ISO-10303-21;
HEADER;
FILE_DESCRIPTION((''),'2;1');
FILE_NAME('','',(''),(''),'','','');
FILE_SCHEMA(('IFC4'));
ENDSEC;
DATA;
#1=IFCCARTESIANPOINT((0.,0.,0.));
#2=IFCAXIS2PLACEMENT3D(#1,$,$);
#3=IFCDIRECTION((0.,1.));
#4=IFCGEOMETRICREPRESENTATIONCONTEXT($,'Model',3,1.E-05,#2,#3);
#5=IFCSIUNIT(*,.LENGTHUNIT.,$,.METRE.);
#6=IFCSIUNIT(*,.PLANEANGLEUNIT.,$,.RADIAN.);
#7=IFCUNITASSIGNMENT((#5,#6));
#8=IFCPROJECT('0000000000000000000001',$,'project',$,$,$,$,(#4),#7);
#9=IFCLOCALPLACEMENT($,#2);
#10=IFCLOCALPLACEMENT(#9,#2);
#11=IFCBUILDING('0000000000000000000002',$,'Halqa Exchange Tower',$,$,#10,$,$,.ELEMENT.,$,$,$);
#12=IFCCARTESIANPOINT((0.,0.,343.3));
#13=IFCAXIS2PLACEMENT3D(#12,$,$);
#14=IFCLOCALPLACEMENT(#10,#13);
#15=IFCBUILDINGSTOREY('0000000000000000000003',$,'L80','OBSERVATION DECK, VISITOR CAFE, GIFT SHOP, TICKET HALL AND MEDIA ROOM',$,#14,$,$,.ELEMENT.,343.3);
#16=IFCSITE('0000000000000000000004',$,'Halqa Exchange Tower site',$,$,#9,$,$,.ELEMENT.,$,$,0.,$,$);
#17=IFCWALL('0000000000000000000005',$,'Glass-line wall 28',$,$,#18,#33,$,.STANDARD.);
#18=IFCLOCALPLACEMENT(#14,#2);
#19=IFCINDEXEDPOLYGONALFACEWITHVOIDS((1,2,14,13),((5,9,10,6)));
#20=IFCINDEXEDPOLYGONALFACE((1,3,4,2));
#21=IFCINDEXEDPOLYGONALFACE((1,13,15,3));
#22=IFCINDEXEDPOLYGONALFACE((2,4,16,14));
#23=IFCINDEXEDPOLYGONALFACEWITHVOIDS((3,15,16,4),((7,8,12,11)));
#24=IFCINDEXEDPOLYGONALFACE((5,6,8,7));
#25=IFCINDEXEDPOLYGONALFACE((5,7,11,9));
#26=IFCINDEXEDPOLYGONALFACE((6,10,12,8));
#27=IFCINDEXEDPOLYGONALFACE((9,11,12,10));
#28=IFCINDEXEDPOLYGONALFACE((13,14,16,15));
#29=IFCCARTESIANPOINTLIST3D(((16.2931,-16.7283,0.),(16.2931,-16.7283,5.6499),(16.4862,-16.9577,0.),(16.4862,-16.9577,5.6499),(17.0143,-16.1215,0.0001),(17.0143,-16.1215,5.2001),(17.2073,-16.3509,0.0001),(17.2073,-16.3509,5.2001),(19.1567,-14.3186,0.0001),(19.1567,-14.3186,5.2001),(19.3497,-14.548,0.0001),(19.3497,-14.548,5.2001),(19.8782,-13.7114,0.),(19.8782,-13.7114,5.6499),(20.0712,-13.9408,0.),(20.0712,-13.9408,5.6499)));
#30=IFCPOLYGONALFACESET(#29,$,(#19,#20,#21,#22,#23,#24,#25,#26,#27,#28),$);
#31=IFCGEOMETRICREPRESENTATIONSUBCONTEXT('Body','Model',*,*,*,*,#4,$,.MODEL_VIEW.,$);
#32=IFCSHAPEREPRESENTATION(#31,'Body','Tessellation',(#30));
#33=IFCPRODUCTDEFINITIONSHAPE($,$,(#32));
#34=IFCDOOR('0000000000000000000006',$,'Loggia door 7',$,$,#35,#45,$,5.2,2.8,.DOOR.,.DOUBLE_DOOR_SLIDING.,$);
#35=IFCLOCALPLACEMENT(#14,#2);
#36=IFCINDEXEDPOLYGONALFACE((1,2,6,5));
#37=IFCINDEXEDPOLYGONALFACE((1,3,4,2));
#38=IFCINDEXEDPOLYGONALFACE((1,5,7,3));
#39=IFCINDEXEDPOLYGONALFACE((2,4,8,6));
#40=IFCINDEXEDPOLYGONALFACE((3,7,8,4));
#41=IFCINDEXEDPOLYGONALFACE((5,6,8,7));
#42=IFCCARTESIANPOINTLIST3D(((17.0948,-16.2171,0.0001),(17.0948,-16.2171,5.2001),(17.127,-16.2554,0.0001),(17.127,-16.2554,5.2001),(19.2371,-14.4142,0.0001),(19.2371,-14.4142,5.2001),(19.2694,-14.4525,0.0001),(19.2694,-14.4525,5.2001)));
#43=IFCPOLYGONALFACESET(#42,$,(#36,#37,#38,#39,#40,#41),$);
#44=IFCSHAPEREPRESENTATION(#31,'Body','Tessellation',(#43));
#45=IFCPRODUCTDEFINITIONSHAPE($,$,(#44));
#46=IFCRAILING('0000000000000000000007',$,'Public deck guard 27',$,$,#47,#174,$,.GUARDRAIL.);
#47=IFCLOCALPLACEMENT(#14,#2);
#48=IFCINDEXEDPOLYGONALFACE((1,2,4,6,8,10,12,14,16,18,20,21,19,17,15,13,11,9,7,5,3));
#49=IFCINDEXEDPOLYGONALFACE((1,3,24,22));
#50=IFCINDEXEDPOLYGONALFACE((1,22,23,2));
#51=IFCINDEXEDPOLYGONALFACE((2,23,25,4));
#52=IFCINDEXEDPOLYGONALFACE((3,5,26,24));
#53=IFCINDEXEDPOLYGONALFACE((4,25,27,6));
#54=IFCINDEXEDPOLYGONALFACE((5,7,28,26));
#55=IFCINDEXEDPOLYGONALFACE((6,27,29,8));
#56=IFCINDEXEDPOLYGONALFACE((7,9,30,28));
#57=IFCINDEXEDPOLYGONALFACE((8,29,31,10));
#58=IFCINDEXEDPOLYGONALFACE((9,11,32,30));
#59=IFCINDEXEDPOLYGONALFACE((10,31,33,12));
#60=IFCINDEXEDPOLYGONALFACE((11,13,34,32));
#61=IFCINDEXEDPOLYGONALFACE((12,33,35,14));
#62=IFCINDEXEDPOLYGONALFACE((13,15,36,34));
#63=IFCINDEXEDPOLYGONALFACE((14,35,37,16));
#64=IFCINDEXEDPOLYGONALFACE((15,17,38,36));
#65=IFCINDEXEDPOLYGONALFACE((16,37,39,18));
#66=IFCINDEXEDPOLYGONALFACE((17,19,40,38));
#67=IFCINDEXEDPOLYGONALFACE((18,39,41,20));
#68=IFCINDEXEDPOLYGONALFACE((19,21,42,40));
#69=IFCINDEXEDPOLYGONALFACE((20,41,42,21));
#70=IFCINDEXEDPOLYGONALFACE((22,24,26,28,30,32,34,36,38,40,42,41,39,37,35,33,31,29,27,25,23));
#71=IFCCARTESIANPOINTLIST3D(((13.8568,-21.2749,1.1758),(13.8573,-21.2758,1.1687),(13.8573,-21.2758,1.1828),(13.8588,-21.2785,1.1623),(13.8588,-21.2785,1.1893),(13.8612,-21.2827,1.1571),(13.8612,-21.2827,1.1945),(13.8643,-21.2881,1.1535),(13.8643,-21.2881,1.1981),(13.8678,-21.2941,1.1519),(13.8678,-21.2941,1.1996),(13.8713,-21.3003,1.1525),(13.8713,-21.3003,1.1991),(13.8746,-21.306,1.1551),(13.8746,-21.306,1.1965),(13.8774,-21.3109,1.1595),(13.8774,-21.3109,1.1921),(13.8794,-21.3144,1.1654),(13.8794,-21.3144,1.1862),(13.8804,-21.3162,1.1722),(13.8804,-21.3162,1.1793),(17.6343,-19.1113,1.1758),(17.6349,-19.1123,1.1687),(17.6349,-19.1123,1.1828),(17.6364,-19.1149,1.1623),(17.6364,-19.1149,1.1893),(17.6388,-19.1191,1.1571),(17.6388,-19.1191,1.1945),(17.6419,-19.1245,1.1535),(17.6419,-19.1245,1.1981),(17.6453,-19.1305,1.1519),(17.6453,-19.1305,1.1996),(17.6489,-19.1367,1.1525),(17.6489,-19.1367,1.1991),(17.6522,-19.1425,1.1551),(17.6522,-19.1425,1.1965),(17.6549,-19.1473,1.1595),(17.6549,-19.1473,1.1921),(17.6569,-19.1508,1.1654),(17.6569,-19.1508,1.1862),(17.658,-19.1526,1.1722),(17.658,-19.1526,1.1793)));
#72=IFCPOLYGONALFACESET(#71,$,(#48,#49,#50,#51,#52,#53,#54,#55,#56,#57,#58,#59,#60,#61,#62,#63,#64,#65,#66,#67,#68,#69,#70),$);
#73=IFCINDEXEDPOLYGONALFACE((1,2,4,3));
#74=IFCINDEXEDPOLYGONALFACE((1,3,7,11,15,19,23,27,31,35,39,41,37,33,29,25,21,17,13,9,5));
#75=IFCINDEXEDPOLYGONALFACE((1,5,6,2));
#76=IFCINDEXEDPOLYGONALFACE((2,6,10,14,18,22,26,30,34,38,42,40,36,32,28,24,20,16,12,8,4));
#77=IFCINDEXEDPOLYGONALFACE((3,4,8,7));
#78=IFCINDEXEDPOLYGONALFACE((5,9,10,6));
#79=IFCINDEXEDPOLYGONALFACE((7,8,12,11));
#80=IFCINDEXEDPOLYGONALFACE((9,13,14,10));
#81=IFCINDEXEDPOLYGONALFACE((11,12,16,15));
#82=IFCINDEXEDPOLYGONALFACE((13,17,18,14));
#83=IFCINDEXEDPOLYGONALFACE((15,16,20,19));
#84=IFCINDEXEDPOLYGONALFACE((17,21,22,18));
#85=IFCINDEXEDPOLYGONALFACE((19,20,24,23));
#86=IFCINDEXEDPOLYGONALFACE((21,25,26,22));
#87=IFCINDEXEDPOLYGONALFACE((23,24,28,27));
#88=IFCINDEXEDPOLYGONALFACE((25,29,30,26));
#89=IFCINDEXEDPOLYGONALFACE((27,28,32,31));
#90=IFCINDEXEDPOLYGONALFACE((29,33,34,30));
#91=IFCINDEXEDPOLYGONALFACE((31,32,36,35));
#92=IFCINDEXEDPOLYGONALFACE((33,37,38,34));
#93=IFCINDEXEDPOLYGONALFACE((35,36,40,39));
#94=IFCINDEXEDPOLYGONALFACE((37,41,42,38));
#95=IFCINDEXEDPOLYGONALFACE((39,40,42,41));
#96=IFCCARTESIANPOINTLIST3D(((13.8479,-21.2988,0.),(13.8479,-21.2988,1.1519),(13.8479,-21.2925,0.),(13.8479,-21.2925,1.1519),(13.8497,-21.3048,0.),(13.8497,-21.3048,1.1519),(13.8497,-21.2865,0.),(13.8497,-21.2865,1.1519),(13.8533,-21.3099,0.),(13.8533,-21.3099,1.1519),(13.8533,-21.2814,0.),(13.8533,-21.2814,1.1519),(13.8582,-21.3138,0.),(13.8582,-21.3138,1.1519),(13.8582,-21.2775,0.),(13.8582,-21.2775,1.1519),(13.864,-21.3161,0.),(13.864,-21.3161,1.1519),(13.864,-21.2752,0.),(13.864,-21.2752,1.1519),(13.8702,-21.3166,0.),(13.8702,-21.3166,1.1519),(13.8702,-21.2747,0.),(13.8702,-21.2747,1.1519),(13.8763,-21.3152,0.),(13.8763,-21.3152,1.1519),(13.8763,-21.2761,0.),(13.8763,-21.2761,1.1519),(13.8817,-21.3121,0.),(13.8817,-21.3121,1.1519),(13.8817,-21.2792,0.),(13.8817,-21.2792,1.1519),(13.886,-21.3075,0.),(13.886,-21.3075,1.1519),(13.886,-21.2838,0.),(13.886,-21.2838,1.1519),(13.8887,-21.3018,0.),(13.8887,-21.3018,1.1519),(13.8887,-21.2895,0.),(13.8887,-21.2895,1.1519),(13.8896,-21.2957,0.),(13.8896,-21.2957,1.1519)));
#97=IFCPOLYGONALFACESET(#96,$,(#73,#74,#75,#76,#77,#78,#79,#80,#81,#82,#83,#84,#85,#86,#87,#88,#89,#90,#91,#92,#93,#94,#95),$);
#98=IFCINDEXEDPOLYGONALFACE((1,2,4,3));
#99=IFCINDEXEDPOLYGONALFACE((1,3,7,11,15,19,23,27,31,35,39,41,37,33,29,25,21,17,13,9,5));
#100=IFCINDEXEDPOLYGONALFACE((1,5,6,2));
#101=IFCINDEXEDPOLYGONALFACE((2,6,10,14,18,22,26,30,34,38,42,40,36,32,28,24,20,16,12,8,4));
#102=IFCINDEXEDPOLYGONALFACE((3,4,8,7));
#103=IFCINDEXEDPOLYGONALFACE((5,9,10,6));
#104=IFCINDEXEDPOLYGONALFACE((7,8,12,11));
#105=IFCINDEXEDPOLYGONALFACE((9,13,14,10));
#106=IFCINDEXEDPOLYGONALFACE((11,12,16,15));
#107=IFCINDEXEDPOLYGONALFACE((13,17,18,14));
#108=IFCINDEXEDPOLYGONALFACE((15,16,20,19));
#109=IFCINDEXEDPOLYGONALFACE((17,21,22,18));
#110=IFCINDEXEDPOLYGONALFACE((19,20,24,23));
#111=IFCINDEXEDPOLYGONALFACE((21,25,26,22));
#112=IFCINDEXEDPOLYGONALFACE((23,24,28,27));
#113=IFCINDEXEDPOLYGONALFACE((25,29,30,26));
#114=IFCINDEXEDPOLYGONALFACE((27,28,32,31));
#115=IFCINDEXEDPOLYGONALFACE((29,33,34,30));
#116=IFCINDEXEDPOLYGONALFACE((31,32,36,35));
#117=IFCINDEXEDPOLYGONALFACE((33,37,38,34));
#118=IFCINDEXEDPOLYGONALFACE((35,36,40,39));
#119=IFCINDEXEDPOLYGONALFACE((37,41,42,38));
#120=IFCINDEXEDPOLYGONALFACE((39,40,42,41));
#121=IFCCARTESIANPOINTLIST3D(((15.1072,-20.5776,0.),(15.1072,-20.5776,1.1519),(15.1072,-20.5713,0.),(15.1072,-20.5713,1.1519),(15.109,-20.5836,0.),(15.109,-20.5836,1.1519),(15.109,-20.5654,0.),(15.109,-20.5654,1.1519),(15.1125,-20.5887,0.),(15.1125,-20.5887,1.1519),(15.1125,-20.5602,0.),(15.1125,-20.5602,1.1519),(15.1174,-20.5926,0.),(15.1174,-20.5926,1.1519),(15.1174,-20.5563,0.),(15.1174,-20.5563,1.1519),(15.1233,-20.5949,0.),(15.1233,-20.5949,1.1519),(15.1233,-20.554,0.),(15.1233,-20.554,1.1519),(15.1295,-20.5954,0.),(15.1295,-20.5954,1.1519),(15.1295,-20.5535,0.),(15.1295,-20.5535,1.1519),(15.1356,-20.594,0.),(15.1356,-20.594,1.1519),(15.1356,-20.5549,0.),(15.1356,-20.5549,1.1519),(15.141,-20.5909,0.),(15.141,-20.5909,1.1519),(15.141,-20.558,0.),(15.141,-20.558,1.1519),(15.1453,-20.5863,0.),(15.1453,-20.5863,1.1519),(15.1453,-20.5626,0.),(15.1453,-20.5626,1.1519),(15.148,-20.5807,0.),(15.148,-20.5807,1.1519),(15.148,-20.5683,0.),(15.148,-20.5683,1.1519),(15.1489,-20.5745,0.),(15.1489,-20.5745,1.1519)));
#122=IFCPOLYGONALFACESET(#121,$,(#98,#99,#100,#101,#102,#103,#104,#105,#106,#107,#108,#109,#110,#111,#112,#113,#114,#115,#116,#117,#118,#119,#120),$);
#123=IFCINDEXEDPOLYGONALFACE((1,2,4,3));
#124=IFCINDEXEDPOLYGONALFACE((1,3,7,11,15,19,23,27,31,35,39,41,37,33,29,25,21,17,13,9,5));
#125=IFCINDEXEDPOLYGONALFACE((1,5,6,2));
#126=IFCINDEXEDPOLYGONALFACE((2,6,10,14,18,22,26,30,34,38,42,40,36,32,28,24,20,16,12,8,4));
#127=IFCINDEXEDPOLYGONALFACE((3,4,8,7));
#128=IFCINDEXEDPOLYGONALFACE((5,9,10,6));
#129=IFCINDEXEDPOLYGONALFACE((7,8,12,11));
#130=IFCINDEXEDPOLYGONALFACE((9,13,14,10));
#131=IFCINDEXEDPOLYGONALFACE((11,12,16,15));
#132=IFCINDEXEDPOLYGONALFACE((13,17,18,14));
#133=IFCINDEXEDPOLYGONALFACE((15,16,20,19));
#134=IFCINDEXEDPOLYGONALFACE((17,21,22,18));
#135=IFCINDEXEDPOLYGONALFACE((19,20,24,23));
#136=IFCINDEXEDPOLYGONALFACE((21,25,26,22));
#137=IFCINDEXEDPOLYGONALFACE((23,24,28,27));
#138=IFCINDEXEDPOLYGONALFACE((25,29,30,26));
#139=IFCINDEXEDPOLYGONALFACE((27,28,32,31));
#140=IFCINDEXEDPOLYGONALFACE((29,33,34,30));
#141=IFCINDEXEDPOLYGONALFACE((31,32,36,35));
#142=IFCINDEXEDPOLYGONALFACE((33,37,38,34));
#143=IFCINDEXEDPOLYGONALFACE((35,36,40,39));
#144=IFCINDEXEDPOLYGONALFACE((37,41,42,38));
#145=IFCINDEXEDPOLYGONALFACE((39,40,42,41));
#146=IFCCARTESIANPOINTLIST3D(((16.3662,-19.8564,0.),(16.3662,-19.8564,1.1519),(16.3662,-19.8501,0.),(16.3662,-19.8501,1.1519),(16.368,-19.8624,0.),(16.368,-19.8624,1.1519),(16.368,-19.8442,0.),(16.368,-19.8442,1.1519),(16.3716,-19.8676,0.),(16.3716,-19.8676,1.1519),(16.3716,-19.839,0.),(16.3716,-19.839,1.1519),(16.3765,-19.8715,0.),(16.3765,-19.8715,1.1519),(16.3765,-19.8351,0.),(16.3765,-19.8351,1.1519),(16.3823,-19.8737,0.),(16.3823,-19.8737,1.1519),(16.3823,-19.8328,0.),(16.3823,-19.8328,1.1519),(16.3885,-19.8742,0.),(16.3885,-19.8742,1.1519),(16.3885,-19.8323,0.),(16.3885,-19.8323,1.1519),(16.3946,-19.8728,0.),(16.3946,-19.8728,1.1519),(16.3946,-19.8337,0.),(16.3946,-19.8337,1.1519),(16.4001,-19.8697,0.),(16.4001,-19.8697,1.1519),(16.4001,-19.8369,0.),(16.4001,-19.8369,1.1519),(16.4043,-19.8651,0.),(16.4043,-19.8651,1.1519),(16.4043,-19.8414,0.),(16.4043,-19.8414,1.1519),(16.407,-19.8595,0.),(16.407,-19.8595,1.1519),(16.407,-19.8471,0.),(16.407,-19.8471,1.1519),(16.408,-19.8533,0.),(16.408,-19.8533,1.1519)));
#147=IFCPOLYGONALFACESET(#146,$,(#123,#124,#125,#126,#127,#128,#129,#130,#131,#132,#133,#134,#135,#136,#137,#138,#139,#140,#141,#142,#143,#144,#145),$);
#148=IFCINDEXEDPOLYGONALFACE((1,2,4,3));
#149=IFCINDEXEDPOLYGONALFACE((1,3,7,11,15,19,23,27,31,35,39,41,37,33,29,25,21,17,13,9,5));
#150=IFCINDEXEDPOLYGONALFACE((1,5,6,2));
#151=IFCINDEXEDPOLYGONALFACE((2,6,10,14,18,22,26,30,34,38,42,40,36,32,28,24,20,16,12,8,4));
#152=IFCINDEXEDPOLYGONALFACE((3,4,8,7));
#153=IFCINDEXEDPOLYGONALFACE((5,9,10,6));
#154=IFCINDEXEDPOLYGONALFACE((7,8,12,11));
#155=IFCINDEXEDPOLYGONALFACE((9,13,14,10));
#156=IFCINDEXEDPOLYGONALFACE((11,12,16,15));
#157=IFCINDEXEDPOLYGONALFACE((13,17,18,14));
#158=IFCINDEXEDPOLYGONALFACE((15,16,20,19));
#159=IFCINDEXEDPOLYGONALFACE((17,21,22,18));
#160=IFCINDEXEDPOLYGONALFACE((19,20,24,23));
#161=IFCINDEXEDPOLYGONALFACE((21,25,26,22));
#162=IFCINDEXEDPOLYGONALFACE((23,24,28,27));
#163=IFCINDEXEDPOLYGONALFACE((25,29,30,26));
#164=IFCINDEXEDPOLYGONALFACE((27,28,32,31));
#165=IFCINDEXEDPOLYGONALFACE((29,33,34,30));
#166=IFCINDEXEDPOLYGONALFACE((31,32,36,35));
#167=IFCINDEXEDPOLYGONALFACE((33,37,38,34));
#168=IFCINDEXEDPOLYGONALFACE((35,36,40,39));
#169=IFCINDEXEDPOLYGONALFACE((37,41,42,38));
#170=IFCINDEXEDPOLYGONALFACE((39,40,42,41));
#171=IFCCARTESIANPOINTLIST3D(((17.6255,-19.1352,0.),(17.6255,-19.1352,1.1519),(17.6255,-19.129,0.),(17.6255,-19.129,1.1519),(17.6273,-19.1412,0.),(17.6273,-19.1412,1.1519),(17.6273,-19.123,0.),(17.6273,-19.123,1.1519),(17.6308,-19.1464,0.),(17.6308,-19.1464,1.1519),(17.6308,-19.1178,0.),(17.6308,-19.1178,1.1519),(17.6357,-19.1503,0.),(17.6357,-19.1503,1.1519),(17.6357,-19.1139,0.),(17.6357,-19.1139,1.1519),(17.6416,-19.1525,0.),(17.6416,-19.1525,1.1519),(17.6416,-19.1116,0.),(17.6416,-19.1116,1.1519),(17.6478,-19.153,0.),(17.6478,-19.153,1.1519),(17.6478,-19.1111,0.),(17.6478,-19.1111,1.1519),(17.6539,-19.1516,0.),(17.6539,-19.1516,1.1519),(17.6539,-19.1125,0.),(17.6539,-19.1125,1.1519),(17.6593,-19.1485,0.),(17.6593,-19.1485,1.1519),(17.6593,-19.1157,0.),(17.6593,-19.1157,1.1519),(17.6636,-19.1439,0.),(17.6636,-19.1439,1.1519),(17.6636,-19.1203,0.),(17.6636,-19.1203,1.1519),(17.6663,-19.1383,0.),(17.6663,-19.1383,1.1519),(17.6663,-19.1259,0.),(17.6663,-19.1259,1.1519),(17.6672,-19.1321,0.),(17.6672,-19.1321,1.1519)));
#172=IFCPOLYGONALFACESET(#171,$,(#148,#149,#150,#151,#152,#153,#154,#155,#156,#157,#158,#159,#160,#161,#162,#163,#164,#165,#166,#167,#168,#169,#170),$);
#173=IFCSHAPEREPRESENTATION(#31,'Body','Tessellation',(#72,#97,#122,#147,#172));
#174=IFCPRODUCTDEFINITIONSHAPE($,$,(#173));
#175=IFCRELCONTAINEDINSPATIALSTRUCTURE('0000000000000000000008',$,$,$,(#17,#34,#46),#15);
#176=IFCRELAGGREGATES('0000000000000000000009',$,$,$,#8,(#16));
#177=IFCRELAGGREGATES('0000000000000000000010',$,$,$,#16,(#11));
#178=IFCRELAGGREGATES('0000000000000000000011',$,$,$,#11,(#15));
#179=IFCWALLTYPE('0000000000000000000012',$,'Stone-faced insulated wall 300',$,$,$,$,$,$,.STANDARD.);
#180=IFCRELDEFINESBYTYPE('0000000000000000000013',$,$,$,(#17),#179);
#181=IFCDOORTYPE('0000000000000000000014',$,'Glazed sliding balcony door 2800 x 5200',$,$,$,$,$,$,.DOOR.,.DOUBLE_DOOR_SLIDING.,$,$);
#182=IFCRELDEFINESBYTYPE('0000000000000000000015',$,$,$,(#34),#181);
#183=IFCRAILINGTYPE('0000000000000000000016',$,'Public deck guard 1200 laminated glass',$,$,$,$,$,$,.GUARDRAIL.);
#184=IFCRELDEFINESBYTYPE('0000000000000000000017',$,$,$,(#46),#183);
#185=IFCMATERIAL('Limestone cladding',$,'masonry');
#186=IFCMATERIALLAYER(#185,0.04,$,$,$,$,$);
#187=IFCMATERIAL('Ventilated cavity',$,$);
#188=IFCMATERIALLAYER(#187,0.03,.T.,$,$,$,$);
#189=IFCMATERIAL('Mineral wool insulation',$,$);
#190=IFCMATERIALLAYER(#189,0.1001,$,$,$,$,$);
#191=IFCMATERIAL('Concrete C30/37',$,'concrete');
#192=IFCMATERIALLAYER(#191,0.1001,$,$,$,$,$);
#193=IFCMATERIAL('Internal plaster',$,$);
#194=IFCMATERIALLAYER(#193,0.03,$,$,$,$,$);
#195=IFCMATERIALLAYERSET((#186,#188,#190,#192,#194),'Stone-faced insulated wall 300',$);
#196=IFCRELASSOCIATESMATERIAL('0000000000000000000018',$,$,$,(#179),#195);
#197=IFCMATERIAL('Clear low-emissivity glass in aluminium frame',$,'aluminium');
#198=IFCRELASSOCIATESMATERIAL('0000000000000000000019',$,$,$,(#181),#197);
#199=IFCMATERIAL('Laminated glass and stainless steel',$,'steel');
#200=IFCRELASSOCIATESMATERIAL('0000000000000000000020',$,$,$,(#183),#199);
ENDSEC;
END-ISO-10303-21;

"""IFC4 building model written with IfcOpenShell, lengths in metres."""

from ifc_helpers import new_model, si_unit, direction, frame, frame_2d, origin, origin_2d, place, context, subcontext, project, spatial, polyline, rectangle, circle, outline, extrude, material, layer, layer_set, type_object, element, fill, save


model = new_model("IFC4")

# Units and contexts
model_context = context("Model", 3, precision=1e-05, world=origin(), true_north=direction((0.0, 1.0)))
body_context = subcontext(model_context, "Body", "Model", "MODEL_VIEW")
ifc_project = project(units=[si_unit("LENGTHUNIT", "METRE"), si_unit("PLANEANGLEUNIT", "RADIAN")], contexts=[model_context])

# Site, building, storey
site_placement = place(None, origin())
site = spatial("IfcSite", under=ifc_project, at=site_placement, Name="Halqa Exchange Tower site", CompositionType="ELEMENT", RefElevation=0.0)
building_placement = place(site_placement, origin())
building = spatial("IfcBuilding", under=site, at=building_placement, Name="Halqa Exchange Tower", CompositionType="ELEMENT")
storey_placement = place(building_placement, frame((0.0, 0.0, 343.3)))
storey = spatial("IfcBuildingStorey", under=building, at=storey_placement, Name="L80", Description="OBSERVATION DECK, VISITOR CAFE, GIFT SHOP, TICKET HALL AND MEDIA ROOM", CompositionType="ELEMENT", Elevation=343.3)

# Wall, opening, door
ifc_material_1 = material(Name="Limestone cladding", Category="masonry")
ifc_layer_1 = layer(ifc_material_1, 0.04)
ifc_material_2 = material(Name="Ventilated cavity")
ifc_layer_2 = layer(ifc_material_2, 0.03, ventilated=True)
ifc_material_3 = material(Name="Mineral wool insulation")
ifc_layer_3 = layer(ifc_material_3, 0.1001)
ifc_material_4 = material(Name="Concrete C30/37", Category="concrete")
ifc_layer_4 = layer(ifc_material_4, 0.1001)
ifc_material_5 = material(Name="Internal plaster")
ifc_layer_5 = layer(ifc_material_5, 0.03)
ifc_layer_set_1 = layer_set([ifc_layer_1, ifc_layer_2, ifc_layer_3, ifc_layer_4, ifc_layer_5], Name="Stone-faced insulated wall 300")
wall_type_1 = type_object("IfcWallType", Name="Stone-faced insulated wall 300", PredefinedType="STANDARD", material=ifc_layer_set_1)
wall_1_placement = place(storey_placement, frame((16.3896, -16.843, 0.0), z_axis=(0.0, 0.0, 1.0), x_axis=(0.765129, 0.643877, 0.0)))
wall_1 = element("IfcWall", 1, at=wall_1_placement, inside=storey, type_object=wall_type_1, Name="Glass-line wall 28", PredefinedType="STANDARD", context=body_context, shape_type="SweptSolid", body=[
    extrude(outline(polyline([(0.0, -0.1499), (4.6855, -0.1499), (4.6855, 0.1499), (0.0, 0.1499), (0.0, -0.1499)])), origin(), (0.0, 0.0, 1.0), 5.6499),
])
opening_1_placement = place(wall_1_placement, frame((0.9426, 0.0, 0.0)))
opening_1 = element("IfcOpeningElement", 2, at=opening_1_placement, cuts=wall_1, PredefinedType="OPENING", context=body_context, shape_type="SweptSolid", body=[
    extrude(rectangle(XDim=2.8, YDim=5.2, at=frame_2d((1.3999, 2.6001))), frame((0.0, 0.1621, 0.0), z_axis=(0.0, -1.0, 0.0), x_axis=(1.0, 0.0, 0.0)), (0.0, 0.0, 1.0), 0.324),
])
ifc_material_6 = material(Name="Clear low-emissivity glass in aluminium frame", Category="aluminium")
door_type_1 = type_object("IfcDoorType", Name="Glazed sliding balcony door 2800 x 5200", OperationType="DOUBLE_DOOR_SLIDING", PredefinedType="DOOR", material=ifc_material_6)
door_1_placement = place(opening_1_placement, origin())
door_1 = element("IfcDoor", 3, at=door_1_placement, inside=storey, type_object=door_type_1, Name="Loggia door 7", OperationType="DOUBLE_DOOR_SLIDING", OverallHeight=5.2, OverallWidth=2.8, PredefinedType="DOOR", context=body_context, shape_type="SweptSolid", body=[
    extrude(rectangle(XDim=2.8, YDim=5.2, at=frame_2d((1.3999, 2.6001))), frame((0.0, 0.0249, 0.0), z_axis=(0.0, -1.0, 0.0), x_axis=(1.0, 0.0, 0.0)), (0.0, 0.0, 1.0), 0.05),
])
fill(opening_1, door_1)

# Railing
ifc_material_7 = material(Name="Laminated glass and stainless steel", Category="steel")
railing_type = type_object("IfcRailingType", Name="Public deck guard 1200 laminated glass", PredefinedType="GUARDRAIL", material=ifc_material_7)
railing_1_placement = place(storey_placement, frame((13.8687, -21.2957, 0.0)))
element("IfcRailing", 4, at=railing_1_placement, inside=storey, type_object=railing_type, Name="Public deck guard 27", PredefinedType="GUARDRAIL", context=body_context, shape_type="SweptSolid", body=[
    extrude(circle(Radius=0.0239, at=origin_2d()), frame((0.0, 0.0, 1.1758), z_axis=(0.867753, 0.496996, 0.0), x_axis=(-0.496996, 0.867753, 0.0)), (0.0, 0.0, 1.0), 4.3533),
    extrude(circle(Radius=0.021, at=origin_2d()), origin(), (0.0, 0.0, 1.0), 1.1519),
    extrude(circle(Radius=0.021, at=origin_2d()), frame((1.2593, 0.7212, 0.0)), (0.0, 0.0, 1.0), 1.1519),
    extrude(circle(Radius=0.021, at=origin_2d()), frame((2.5183, 1.4424, 0.0)), (0.0, 0.0, 1.0), 1.1519),
    extrude(circle(Radius=0.021, at=origin_2d()), frame((3.7776, 2.1636, 0.0)), (0.0, 0.0, 1.0), 1.1519),
])

save(model, "model.ifc")
